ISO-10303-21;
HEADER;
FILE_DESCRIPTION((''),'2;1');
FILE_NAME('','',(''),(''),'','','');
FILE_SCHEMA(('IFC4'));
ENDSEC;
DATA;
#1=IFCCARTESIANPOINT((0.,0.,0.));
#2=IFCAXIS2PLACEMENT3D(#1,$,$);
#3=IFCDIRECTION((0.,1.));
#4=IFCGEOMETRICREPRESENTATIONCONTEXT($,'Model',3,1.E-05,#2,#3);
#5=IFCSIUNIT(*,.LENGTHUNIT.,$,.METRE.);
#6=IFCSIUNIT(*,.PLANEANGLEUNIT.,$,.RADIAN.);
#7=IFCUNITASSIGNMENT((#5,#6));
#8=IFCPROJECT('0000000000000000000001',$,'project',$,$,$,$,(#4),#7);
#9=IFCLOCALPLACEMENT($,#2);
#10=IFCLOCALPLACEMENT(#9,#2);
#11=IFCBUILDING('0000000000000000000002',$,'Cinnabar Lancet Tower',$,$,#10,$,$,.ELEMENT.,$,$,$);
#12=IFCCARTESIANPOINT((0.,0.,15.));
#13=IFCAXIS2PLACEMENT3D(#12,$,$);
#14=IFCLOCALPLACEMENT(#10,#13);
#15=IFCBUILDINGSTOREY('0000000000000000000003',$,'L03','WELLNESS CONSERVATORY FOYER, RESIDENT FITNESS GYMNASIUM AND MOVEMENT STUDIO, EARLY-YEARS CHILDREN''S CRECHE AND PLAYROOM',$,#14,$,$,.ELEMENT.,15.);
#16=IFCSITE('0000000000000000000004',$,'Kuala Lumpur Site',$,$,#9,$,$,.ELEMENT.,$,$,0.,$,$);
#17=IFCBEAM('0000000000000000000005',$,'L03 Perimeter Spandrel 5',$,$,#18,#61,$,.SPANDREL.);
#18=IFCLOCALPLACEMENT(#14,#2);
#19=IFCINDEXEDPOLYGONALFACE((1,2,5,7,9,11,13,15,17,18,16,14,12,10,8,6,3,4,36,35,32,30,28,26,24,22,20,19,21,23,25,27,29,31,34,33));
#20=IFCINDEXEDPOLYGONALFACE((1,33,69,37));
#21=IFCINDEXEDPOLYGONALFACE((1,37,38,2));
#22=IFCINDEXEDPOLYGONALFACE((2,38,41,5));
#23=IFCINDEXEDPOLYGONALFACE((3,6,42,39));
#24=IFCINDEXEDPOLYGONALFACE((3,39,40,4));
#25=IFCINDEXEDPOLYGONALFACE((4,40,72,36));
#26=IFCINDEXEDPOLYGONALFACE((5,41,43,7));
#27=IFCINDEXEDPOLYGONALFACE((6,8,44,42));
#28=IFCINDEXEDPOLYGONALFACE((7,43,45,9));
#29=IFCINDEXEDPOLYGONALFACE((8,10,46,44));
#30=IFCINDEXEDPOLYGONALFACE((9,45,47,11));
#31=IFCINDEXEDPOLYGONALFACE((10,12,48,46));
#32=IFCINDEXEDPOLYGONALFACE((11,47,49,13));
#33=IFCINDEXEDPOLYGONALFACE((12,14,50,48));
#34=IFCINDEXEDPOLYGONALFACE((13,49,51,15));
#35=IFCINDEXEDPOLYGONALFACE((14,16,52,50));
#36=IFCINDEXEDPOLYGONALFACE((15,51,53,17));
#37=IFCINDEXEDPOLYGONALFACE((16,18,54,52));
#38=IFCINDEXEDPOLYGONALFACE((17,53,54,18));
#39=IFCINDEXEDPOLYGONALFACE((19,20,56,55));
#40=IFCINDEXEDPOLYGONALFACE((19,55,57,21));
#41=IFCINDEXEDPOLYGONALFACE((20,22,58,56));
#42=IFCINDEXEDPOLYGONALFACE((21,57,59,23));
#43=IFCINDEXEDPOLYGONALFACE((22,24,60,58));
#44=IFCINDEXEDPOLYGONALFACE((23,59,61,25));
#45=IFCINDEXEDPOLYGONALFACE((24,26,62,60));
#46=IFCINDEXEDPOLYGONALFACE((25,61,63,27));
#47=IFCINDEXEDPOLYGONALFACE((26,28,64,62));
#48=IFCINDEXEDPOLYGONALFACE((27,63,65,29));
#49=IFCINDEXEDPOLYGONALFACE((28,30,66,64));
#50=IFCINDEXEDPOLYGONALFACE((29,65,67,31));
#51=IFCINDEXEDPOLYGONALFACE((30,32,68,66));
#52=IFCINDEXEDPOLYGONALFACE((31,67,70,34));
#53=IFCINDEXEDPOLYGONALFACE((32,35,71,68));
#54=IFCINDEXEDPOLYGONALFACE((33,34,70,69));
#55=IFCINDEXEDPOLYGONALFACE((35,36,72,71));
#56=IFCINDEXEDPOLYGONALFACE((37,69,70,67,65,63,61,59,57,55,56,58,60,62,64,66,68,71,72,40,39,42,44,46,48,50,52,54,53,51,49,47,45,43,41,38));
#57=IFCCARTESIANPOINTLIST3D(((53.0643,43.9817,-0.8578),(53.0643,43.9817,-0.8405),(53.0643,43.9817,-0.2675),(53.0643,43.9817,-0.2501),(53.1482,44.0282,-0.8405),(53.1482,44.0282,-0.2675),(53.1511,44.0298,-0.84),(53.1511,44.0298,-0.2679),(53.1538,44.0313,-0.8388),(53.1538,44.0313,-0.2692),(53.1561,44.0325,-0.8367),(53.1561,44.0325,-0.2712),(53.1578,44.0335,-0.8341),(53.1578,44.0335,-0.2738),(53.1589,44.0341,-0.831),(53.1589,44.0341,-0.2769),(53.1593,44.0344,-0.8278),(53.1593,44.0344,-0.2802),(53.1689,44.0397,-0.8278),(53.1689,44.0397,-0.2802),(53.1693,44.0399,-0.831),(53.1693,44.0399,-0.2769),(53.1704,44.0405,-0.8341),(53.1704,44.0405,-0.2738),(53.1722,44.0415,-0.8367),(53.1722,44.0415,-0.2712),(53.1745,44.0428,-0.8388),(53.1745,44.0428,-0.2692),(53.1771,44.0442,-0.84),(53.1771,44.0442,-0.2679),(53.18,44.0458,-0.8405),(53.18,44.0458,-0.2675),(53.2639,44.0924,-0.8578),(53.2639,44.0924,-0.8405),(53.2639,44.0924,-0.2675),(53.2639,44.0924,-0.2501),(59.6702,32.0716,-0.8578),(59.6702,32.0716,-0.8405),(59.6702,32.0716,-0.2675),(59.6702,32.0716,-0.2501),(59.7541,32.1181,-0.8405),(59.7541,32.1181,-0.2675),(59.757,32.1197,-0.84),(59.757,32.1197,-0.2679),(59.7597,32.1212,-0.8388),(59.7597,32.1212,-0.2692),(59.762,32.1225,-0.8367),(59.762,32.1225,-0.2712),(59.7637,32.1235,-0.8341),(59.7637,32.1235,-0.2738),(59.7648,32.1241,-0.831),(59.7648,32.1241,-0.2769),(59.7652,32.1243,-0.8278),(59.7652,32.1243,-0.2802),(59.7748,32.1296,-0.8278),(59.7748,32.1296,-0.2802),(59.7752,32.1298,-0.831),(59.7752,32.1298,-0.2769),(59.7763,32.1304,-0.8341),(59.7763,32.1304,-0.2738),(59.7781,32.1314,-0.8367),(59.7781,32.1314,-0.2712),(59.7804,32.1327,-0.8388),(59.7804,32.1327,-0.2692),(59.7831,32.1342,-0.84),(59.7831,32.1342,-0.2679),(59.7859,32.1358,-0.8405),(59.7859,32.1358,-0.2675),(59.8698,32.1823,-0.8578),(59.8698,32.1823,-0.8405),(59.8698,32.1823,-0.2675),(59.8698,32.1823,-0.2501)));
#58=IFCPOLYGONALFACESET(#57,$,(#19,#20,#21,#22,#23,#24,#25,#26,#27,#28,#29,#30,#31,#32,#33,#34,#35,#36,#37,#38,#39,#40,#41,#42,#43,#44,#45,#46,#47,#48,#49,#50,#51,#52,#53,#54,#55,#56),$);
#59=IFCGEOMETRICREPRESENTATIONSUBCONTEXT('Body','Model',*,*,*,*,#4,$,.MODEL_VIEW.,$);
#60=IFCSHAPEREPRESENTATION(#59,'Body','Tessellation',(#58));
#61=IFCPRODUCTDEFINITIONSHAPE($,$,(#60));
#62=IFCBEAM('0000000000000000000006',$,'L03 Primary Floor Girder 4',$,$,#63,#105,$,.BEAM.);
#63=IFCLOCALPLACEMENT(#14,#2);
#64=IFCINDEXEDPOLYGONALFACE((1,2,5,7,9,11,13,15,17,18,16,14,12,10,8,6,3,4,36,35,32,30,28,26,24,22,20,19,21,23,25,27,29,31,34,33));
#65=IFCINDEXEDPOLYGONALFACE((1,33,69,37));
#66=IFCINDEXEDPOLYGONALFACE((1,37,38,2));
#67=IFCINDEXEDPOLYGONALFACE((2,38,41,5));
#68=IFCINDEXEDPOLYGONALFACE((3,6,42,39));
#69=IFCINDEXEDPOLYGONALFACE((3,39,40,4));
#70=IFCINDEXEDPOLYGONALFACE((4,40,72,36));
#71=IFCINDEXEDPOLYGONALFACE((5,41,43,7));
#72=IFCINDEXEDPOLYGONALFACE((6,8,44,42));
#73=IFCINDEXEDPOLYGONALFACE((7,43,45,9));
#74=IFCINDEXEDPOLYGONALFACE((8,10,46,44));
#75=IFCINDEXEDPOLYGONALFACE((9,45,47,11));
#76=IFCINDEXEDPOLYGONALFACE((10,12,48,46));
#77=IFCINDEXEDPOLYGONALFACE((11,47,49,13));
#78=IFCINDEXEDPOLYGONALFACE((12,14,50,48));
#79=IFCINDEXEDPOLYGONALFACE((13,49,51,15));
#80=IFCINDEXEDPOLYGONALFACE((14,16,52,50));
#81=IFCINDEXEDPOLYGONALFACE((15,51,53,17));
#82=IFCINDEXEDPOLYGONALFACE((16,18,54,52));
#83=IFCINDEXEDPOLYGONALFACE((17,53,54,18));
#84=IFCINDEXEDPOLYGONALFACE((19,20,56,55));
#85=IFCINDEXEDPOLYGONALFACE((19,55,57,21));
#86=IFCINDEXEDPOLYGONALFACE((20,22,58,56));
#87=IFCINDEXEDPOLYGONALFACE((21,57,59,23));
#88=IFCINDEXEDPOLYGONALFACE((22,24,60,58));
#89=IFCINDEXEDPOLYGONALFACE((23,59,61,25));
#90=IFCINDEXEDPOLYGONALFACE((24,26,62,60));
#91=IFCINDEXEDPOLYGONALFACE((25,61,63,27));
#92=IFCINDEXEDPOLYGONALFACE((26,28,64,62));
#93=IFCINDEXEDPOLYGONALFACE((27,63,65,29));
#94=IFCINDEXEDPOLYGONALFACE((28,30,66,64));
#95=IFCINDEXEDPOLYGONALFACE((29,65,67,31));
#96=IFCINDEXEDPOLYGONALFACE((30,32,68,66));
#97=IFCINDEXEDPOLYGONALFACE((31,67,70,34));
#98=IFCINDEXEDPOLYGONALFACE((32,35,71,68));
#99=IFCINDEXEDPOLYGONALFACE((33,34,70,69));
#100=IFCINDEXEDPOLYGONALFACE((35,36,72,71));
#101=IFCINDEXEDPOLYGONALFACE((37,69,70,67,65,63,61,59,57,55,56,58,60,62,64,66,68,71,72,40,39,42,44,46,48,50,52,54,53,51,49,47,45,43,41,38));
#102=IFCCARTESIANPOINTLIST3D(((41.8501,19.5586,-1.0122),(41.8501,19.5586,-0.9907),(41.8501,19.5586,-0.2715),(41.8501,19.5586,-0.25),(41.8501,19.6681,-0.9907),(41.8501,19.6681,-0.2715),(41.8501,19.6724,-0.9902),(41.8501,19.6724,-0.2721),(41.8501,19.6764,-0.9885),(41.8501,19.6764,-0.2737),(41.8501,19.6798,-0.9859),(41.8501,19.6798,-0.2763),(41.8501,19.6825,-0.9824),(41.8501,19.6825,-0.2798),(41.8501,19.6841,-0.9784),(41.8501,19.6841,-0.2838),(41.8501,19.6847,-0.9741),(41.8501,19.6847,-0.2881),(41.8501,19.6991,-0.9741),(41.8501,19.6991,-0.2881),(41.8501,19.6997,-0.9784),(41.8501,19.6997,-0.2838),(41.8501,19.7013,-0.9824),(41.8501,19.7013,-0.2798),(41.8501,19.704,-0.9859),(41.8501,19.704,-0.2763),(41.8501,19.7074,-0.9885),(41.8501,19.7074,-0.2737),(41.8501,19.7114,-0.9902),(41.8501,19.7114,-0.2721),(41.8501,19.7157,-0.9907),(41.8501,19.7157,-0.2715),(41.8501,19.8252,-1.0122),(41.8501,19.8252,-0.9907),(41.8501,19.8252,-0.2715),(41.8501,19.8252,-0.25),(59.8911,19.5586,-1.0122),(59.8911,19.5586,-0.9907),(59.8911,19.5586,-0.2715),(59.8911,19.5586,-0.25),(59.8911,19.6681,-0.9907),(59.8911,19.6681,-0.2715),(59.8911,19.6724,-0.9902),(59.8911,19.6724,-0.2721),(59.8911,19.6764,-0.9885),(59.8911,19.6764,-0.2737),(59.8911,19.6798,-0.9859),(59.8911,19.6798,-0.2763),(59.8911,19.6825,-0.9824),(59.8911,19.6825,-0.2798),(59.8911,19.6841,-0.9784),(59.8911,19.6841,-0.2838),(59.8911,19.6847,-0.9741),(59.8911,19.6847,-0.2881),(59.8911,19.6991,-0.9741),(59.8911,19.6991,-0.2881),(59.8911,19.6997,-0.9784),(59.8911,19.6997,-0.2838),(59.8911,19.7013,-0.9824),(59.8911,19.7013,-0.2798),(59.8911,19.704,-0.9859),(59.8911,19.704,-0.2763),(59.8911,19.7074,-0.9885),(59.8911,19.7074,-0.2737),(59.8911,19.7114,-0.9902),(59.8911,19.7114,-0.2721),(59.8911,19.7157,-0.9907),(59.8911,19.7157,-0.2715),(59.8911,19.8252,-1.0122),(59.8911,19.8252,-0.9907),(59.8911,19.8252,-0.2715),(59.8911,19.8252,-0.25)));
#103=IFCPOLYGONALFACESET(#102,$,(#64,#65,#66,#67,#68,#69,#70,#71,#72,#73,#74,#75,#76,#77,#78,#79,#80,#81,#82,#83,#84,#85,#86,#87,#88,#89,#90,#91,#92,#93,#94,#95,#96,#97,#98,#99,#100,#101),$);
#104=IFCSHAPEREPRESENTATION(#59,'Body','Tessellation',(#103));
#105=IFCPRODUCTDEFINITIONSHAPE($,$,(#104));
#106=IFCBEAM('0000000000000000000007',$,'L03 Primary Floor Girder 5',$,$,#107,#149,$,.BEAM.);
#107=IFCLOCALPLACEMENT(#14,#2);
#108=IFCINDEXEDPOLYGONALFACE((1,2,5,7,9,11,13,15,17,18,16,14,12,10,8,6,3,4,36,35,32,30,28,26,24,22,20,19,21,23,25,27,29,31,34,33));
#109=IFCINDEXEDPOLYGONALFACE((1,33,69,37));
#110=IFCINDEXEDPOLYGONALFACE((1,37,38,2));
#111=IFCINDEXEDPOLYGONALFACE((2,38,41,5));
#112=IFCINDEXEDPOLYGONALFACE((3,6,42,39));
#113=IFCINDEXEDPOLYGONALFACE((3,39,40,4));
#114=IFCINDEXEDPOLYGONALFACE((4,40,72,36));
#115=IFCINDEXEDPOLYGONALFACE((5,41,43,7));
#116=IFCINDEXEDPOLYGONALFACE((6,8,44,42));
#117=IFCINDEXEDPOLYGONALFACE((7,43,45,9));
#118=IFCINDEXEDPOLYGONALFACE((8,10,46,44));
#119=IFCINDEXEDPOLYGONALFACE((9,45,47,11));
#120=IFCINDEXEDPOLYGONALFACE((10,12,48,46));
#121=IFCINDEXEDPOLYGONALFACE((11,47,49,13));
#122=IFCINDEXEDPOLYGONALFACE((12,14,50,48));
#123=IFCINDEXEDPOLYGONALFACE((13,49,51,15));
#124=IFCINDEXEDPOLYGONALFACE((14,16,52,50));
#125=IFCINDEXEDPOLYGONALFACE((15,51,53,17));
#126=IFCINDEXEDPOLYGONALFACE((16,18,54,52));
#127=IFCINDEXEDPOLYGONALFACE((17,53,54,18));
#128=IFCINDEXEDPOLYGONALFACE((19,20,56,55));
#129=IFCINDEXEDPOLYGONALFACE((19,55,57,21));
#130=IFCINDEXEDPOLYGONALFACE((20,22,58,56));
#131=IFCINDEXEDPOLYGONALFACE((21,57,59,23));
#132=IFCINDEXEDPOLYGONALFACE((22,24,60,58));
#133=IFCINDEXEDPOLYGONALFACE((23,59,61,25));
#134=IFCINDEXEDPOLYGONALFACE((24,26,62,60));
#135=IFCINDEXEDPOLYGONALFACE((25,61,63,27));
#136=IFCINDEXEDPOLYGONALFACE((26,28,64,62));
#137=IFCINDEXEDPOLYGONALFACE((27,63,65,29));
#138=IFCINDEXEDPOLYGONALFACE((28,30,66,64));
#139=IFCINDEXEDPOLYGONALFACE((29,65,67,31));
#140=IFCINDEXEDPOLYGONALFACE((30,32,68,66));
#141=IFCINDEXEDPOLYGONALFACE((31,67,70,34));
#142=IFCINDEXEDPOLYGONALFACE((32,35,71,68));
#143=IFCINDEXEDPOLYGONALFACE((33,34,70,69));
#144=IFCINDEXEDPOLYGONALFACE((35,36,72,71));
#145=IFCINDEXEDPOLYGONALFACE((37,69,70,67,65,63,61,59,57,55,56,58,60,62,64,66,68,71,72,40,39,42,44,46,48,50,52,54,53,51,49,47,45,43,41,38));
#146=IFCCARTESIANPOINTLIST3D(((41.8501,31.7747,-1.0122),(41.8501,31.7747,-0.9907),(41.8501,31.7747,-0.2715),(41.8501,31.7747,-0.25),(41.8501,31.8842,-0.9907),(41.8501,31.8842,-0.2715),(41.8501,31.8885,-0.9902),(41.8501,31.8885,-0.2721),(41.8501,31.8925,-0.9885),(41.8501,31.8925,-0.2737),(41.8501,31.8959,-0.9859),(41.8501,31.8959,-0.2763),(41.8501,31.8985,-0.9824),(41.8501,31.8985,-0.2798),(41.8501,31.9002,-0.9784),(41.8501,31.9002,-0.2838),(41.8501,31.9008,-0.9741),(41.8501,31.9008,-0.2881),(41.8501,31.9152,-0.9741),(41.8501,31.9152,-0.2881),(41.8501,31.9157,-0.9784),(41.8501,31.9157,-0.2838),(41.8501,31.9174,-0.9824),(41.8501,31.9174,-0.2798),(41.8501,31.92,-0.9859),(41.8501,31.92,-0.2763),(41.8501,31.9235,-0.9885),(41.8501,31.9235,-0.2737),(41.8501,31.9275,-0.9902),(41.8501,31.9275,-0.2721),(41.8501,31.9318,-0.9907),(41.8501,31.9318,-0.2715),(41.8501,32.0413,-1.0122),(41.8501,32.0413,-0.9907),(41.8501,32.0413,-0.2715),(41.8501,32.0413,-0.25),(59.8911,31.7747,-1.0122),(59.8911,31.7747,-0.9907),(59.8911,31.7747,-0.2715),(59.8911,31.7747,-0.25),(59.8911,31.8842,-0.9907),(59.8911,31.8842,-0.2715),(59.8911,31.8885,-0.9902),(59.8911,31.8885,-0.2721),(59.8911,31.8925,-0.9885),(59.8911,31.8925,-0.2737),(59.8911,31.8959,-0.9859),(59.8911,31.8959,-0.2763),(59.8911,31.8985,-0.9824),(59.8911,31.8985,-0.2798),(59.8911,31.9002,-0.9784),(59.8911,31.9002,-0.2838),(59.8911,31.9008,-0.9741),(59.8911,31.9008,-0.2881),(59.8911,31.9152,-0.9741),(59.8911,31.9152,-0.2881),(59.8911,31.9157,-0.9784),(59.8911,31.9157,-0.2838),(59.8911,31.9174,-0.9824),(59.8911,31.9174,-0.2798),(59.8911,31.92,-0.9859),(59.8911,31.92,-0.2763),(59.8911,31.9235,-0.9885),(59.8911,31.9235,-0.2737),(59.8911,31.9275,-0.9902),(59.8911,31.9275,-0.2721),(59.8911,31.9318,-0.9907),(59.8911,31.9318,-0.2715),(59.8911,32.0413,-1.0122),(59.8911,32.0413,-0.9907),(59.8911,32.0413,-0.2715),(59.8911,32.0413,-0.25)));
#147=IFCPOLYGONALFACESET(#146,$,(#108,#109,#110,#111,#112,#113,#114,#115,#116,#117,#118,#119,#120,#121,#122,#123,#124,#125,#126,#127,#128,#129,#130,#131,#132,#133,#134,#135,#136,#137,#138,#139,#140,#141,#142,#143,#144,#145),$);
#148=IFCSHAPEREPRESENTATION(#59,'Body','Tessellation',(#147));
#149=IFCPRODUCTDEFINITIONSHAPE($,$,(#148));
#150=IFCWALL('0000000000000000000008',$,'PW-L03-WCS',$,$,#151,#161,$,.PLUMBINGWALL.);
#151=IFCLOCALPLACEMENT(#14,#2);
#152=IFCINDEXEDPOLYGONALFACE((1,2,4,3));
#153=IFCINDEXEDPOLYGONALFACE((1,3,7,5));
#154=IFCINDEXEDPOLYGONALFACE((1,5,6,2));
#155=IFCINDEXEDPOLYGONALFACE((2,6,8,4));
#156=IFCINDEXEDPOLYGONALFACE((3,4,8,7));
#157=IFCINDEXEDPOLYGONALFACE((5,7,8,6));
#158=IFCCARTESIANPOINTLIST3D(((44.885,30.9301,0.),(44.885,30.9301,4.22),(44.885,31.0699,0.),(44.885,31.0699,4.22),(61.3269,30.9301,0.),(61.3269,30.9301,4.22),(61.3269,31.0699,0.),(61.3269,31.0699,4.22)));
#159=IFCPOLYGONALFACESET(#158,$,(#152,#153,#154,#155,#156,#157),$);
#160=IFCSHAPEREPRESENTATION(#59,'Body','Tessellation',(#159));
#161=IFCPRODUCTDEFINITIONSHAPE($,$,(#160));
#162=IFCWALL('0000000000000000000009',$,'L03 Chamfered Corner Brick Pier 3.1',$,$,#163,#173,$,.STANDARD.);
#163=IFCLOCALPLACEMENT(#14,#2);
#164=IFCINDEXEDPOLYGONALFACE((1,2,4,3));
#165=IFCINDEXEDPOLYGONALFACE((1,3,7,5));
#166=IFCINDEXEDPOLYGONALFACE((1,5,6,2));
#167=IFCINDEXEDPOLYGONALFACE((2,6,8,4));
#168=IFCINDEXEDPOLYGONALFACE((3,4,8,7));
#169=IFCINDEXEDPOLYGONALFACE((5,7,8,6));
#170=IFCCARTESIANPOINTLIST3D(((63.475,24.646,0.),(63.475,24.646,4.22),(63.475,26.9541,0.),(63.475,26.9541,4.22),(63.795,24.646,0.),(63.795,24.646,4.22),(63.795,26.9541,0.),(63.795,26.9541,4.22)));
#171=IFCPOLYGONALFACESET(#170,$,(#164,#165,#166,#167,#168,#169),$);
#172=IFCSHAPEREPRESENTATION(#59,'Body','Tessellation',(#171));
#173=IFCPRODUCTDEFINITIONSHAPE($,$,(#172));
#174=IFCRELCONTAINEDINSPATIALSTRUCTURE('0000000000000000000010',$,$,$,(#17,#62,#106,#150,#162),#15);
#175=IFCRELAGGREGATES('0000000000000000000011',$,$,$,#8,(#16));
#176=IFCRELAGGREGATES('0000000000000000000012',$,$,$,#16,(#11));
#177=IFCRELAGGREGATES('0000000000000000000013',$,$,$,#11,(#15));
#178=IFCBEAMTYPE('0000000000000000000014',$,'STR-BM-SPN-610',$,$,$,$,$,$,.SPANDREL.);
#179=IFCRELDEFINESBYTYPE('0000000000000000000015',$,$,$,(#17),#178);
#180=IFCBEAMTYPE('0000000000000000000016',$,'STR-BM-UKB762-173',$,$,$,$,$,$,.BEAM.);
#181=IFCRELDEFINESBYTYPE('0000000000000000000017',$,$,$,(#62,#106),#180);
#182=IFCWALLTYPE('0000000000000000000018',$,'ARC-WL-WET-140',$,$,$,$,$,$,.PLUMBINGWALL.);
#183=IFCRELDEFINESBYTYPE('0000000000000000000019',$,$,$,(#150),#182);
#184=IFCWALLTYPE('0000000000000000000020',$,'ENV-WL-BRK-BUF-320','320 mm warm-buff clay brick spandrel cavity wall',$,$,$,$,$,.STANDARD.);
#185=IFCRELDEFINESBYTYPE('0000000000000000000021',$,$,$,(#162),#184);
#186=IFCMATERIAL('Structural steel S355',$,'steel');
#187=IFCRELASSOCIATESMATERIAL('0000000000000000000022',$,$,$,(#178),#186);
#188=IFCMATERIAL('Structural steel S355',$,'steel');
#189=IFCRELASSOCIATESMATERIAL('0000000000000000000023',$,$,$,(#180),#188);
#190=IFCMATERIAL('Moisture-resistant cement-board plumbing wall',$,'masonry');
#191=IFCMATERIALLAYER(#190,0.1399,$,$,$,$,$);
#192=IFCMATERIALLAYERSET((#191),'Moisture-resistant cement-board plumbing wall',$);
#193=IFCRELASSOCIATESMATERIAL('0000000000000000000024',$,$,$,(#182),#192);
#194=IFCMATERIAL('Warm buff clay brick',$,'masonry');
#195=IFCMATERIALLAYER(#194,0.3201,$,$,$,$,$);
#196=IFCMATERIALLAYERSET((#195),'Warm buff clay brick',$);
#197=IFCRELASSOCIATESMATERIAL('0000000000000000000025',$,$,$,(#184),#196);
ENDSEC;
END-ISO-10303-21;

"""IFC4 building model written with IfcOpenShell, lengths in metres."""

from ifc_helpers import new_model, si_unit, direction, frame, frame_2d, origin, origin_2d, place, context, subcontext, project, spatial, rectangle, i_section, extrude, material, layer, layer_set, material_profile, profile_set, type_object, element, save


model = new_model("IFC4")

# Units and contexts
model_context = context("Model", 3, precision=1e-05, world=origin(), true_north=direction((0.0, 1.0)))
body_context = subcontext(model_context, "Body", "Model", "MODEL_VIEW")
ifc_project = project(units=[si_unit("LENGTHUNIT", "METRE"), si_unit("PLANEANGLEUNIT", "RADIAN")], contexts=[model_context])

# Site, building, storey
site_placement = place(None, origin())
site = spatial("IfcSite", under=ifc_project, at=site_placement, Name="Kuala Lumpur Site", CompositionType="ELEMENT", RefElevation=0.0)
building_placement = place(site_placement, origin())
building = spatial("IfcBuilding", under=site, at=building_placement, Name="Cinnabar Lancet Tower", CompositionType="ELEMENT")
storey_placement = place(building_placement, frame((0.0, 0.0, 15.0)))
storey = spatial("IfcBuildingStorey", under=building, at=storey_placement, Name="L03", Description="WELLNESS CONSERVATORY FOYER, RESIDENT FITNESS GYMNASIUM AND MOVEMENT STUDIO, EARLY-YEARS CHILDREN'S CRECHE AND PLAYROOM", CompositionType="ELEMENT", Elevation=15.0)

# Beams
ifc_material_1 = material(Name="Structural steel S355", Category="steel")
ifc_material_profile_1 = material_profile(ifc_material_1, i_section(OverallWidth=0.2283, OverallDepth=0.6077, WebThickness=0.011, FlangeThickness=0.0173, FilletRadius=0.0127, at=origin_2d()), Name="UKB 610x229x113")
ifc_profile_set_1 = profile_set([ifc_material_profile_1], Name="Structural steel S355")
beam_type_1 = type_object("IfcBeamType", Name="STR-BM-SPN-610", PredefinedType="SPANDREL", material=ifc_profile_set_1)
beam_1_placement = place(storey_placement, frame((59.77, 32.127, -0.554), z_axis=(-0.485037, 0.874494, 0.0), x_axis=(-0.874494, -0.485037, 0.0)))
element("IfcBeam", 1, at=beam_1_placement, inside=storey, type_object=beam_type_1, Name="L03 Perimeter Spandrel 5", PredefinedType="SPANDREL", context=body_context, shape_type="SweptSolid", body=[
    extrude(i_section(OverallWidth=0.2283, OverallDepth=0.6077, WebThickness=0.011, FlangeThickness=0.0173, FilletRadius=0.0127, at=origin_2d()), origin(), (0.0, 0.0, 1.0), 13.6194),
])
ifc_material_2 = material(Name="Structural steel S355", Category="steel")
ifc_material_profile_2 = material_profile(ifc_material_2, i_section(OverallWidth=0.2666, OverallDepth=0.7622, WebThickness=0.0144, FlangeThickness=0.0215, FilletRadius=0.0166, at=origin_2d()), Name="UKB 762x267x173")
ifc_profile_set_2 = profile_set([ifc_material_profile_2], Name="Structural steel S355")
beam_type_2 = type_object("IfcBeamType", Name="STR-BM-UKB762-173", PredefinedType="BEAM", material=ifc_profile_set_2)
for number, where, z_axis, x_axis, name in (
    (2, (59.8911, 19.6919, -0.6311), (-1.0, 0.0, 0.0), (0.0, -1.0, 0.0), "L03 Primary Floor Girder 4"),
    (3, (59.8911, 31.908, -0.6311), (-1.0, 0.0, 0.0), (0.0, -1.0, 0.0), "L03 Primary Floor Girder 5"),
):
    element("IfcBeam", number, at=place(storey_placement, frame(where, z_axis=z_axis, x_axis=x_axis)), inside=storey, type_object=beam_type_2, Name=name, PredefinedType="BEAM", context=body_context, shape_type="SweptSolid", body=[
        extrude(i_section(OverallWidth=0.2666, OverallDepth=0.7622, WebThickness=0.0144, FlangeThickness=0.0215, FilletRadius=0.0166, at=origin_2d()), origin(), (0.0, 0.0, 1.0), 18.041),
    ])

# Walls
ifc_material_3 = material(Name="Moisture-resistant cement-board plumbing wall", Category="masonry")
ifc_layer_1 = layer(ifc_material_3, 0.1399)
ifc_layer_set_1 = layer_set([ifc_layer_1], Name="Moisture-resistant cement-board plumbing wall")
wall_type_1 = type_object("IfcWallType", Name="ARC-WL-WET-140", PredefinedType="PLUMBINGWALL", material=ifc_layer_set_1)
wall_1_placement = place(storey_placement, frame((44.885, 31.0, 0.0), z_axis=(0.0, 0.0, 1.0), x_axis=(1.0, 0.0, 0.0)))
element("IfcWall", 4, at=wall_1_placement, inside=storey, type_object=wall_type_1, Name="PW-L03-WCS", PredefinedType="PLUMBINGWALL", context=body_context, shape_type="SweptSolid", body=[
    extrude(rectangle(XDim=16.4419, YDim=0.1399, at=frame_2d((8.2209, 0.0))), origin(), (0.0, 0.0, 1.0), 4.22),
])
ifc_material_4 = material(Name="Warm buff clay brick", Category="masonry")
ifc_layer_2 = layer(ifc_material_4, 0.3201)
ifc_layer_set_2 = layer_set([ifc_layer_2], Name="Warm buff clay brick")
wall_type_2 = type_object("IfcWallType", Name="ENV-WL-BRK-BUF-320", Description="320 mm warm-buff clay brick spandrel cavity wall", PredefinedType="STANDARD", material=ifc_layer_set_2)
wall_2_placement = place(storey_placement, frame((63.635, 24.646, 0.0), z_axis=(0.0, 0.0, 1.0), x_axis=(0.0, 1.0, 0.0)))
element("IfcWall", 5, at=wall_2_placement, inside=storey, type_object=wall_type_2, Name="L03 Chamfered Corner Brick Pier 3.1", PredefinedType="STANDARD", context=body_context, shape_type="SweptSolid", body=[
    extrude(rectangle(XDim=2.3081, YDim=0.3201, at=frame_2d((1.1541, 0.0))), origin(), (0.0, 0.0, 1.0), 4.22),
])

save(model, "model.ifc")
